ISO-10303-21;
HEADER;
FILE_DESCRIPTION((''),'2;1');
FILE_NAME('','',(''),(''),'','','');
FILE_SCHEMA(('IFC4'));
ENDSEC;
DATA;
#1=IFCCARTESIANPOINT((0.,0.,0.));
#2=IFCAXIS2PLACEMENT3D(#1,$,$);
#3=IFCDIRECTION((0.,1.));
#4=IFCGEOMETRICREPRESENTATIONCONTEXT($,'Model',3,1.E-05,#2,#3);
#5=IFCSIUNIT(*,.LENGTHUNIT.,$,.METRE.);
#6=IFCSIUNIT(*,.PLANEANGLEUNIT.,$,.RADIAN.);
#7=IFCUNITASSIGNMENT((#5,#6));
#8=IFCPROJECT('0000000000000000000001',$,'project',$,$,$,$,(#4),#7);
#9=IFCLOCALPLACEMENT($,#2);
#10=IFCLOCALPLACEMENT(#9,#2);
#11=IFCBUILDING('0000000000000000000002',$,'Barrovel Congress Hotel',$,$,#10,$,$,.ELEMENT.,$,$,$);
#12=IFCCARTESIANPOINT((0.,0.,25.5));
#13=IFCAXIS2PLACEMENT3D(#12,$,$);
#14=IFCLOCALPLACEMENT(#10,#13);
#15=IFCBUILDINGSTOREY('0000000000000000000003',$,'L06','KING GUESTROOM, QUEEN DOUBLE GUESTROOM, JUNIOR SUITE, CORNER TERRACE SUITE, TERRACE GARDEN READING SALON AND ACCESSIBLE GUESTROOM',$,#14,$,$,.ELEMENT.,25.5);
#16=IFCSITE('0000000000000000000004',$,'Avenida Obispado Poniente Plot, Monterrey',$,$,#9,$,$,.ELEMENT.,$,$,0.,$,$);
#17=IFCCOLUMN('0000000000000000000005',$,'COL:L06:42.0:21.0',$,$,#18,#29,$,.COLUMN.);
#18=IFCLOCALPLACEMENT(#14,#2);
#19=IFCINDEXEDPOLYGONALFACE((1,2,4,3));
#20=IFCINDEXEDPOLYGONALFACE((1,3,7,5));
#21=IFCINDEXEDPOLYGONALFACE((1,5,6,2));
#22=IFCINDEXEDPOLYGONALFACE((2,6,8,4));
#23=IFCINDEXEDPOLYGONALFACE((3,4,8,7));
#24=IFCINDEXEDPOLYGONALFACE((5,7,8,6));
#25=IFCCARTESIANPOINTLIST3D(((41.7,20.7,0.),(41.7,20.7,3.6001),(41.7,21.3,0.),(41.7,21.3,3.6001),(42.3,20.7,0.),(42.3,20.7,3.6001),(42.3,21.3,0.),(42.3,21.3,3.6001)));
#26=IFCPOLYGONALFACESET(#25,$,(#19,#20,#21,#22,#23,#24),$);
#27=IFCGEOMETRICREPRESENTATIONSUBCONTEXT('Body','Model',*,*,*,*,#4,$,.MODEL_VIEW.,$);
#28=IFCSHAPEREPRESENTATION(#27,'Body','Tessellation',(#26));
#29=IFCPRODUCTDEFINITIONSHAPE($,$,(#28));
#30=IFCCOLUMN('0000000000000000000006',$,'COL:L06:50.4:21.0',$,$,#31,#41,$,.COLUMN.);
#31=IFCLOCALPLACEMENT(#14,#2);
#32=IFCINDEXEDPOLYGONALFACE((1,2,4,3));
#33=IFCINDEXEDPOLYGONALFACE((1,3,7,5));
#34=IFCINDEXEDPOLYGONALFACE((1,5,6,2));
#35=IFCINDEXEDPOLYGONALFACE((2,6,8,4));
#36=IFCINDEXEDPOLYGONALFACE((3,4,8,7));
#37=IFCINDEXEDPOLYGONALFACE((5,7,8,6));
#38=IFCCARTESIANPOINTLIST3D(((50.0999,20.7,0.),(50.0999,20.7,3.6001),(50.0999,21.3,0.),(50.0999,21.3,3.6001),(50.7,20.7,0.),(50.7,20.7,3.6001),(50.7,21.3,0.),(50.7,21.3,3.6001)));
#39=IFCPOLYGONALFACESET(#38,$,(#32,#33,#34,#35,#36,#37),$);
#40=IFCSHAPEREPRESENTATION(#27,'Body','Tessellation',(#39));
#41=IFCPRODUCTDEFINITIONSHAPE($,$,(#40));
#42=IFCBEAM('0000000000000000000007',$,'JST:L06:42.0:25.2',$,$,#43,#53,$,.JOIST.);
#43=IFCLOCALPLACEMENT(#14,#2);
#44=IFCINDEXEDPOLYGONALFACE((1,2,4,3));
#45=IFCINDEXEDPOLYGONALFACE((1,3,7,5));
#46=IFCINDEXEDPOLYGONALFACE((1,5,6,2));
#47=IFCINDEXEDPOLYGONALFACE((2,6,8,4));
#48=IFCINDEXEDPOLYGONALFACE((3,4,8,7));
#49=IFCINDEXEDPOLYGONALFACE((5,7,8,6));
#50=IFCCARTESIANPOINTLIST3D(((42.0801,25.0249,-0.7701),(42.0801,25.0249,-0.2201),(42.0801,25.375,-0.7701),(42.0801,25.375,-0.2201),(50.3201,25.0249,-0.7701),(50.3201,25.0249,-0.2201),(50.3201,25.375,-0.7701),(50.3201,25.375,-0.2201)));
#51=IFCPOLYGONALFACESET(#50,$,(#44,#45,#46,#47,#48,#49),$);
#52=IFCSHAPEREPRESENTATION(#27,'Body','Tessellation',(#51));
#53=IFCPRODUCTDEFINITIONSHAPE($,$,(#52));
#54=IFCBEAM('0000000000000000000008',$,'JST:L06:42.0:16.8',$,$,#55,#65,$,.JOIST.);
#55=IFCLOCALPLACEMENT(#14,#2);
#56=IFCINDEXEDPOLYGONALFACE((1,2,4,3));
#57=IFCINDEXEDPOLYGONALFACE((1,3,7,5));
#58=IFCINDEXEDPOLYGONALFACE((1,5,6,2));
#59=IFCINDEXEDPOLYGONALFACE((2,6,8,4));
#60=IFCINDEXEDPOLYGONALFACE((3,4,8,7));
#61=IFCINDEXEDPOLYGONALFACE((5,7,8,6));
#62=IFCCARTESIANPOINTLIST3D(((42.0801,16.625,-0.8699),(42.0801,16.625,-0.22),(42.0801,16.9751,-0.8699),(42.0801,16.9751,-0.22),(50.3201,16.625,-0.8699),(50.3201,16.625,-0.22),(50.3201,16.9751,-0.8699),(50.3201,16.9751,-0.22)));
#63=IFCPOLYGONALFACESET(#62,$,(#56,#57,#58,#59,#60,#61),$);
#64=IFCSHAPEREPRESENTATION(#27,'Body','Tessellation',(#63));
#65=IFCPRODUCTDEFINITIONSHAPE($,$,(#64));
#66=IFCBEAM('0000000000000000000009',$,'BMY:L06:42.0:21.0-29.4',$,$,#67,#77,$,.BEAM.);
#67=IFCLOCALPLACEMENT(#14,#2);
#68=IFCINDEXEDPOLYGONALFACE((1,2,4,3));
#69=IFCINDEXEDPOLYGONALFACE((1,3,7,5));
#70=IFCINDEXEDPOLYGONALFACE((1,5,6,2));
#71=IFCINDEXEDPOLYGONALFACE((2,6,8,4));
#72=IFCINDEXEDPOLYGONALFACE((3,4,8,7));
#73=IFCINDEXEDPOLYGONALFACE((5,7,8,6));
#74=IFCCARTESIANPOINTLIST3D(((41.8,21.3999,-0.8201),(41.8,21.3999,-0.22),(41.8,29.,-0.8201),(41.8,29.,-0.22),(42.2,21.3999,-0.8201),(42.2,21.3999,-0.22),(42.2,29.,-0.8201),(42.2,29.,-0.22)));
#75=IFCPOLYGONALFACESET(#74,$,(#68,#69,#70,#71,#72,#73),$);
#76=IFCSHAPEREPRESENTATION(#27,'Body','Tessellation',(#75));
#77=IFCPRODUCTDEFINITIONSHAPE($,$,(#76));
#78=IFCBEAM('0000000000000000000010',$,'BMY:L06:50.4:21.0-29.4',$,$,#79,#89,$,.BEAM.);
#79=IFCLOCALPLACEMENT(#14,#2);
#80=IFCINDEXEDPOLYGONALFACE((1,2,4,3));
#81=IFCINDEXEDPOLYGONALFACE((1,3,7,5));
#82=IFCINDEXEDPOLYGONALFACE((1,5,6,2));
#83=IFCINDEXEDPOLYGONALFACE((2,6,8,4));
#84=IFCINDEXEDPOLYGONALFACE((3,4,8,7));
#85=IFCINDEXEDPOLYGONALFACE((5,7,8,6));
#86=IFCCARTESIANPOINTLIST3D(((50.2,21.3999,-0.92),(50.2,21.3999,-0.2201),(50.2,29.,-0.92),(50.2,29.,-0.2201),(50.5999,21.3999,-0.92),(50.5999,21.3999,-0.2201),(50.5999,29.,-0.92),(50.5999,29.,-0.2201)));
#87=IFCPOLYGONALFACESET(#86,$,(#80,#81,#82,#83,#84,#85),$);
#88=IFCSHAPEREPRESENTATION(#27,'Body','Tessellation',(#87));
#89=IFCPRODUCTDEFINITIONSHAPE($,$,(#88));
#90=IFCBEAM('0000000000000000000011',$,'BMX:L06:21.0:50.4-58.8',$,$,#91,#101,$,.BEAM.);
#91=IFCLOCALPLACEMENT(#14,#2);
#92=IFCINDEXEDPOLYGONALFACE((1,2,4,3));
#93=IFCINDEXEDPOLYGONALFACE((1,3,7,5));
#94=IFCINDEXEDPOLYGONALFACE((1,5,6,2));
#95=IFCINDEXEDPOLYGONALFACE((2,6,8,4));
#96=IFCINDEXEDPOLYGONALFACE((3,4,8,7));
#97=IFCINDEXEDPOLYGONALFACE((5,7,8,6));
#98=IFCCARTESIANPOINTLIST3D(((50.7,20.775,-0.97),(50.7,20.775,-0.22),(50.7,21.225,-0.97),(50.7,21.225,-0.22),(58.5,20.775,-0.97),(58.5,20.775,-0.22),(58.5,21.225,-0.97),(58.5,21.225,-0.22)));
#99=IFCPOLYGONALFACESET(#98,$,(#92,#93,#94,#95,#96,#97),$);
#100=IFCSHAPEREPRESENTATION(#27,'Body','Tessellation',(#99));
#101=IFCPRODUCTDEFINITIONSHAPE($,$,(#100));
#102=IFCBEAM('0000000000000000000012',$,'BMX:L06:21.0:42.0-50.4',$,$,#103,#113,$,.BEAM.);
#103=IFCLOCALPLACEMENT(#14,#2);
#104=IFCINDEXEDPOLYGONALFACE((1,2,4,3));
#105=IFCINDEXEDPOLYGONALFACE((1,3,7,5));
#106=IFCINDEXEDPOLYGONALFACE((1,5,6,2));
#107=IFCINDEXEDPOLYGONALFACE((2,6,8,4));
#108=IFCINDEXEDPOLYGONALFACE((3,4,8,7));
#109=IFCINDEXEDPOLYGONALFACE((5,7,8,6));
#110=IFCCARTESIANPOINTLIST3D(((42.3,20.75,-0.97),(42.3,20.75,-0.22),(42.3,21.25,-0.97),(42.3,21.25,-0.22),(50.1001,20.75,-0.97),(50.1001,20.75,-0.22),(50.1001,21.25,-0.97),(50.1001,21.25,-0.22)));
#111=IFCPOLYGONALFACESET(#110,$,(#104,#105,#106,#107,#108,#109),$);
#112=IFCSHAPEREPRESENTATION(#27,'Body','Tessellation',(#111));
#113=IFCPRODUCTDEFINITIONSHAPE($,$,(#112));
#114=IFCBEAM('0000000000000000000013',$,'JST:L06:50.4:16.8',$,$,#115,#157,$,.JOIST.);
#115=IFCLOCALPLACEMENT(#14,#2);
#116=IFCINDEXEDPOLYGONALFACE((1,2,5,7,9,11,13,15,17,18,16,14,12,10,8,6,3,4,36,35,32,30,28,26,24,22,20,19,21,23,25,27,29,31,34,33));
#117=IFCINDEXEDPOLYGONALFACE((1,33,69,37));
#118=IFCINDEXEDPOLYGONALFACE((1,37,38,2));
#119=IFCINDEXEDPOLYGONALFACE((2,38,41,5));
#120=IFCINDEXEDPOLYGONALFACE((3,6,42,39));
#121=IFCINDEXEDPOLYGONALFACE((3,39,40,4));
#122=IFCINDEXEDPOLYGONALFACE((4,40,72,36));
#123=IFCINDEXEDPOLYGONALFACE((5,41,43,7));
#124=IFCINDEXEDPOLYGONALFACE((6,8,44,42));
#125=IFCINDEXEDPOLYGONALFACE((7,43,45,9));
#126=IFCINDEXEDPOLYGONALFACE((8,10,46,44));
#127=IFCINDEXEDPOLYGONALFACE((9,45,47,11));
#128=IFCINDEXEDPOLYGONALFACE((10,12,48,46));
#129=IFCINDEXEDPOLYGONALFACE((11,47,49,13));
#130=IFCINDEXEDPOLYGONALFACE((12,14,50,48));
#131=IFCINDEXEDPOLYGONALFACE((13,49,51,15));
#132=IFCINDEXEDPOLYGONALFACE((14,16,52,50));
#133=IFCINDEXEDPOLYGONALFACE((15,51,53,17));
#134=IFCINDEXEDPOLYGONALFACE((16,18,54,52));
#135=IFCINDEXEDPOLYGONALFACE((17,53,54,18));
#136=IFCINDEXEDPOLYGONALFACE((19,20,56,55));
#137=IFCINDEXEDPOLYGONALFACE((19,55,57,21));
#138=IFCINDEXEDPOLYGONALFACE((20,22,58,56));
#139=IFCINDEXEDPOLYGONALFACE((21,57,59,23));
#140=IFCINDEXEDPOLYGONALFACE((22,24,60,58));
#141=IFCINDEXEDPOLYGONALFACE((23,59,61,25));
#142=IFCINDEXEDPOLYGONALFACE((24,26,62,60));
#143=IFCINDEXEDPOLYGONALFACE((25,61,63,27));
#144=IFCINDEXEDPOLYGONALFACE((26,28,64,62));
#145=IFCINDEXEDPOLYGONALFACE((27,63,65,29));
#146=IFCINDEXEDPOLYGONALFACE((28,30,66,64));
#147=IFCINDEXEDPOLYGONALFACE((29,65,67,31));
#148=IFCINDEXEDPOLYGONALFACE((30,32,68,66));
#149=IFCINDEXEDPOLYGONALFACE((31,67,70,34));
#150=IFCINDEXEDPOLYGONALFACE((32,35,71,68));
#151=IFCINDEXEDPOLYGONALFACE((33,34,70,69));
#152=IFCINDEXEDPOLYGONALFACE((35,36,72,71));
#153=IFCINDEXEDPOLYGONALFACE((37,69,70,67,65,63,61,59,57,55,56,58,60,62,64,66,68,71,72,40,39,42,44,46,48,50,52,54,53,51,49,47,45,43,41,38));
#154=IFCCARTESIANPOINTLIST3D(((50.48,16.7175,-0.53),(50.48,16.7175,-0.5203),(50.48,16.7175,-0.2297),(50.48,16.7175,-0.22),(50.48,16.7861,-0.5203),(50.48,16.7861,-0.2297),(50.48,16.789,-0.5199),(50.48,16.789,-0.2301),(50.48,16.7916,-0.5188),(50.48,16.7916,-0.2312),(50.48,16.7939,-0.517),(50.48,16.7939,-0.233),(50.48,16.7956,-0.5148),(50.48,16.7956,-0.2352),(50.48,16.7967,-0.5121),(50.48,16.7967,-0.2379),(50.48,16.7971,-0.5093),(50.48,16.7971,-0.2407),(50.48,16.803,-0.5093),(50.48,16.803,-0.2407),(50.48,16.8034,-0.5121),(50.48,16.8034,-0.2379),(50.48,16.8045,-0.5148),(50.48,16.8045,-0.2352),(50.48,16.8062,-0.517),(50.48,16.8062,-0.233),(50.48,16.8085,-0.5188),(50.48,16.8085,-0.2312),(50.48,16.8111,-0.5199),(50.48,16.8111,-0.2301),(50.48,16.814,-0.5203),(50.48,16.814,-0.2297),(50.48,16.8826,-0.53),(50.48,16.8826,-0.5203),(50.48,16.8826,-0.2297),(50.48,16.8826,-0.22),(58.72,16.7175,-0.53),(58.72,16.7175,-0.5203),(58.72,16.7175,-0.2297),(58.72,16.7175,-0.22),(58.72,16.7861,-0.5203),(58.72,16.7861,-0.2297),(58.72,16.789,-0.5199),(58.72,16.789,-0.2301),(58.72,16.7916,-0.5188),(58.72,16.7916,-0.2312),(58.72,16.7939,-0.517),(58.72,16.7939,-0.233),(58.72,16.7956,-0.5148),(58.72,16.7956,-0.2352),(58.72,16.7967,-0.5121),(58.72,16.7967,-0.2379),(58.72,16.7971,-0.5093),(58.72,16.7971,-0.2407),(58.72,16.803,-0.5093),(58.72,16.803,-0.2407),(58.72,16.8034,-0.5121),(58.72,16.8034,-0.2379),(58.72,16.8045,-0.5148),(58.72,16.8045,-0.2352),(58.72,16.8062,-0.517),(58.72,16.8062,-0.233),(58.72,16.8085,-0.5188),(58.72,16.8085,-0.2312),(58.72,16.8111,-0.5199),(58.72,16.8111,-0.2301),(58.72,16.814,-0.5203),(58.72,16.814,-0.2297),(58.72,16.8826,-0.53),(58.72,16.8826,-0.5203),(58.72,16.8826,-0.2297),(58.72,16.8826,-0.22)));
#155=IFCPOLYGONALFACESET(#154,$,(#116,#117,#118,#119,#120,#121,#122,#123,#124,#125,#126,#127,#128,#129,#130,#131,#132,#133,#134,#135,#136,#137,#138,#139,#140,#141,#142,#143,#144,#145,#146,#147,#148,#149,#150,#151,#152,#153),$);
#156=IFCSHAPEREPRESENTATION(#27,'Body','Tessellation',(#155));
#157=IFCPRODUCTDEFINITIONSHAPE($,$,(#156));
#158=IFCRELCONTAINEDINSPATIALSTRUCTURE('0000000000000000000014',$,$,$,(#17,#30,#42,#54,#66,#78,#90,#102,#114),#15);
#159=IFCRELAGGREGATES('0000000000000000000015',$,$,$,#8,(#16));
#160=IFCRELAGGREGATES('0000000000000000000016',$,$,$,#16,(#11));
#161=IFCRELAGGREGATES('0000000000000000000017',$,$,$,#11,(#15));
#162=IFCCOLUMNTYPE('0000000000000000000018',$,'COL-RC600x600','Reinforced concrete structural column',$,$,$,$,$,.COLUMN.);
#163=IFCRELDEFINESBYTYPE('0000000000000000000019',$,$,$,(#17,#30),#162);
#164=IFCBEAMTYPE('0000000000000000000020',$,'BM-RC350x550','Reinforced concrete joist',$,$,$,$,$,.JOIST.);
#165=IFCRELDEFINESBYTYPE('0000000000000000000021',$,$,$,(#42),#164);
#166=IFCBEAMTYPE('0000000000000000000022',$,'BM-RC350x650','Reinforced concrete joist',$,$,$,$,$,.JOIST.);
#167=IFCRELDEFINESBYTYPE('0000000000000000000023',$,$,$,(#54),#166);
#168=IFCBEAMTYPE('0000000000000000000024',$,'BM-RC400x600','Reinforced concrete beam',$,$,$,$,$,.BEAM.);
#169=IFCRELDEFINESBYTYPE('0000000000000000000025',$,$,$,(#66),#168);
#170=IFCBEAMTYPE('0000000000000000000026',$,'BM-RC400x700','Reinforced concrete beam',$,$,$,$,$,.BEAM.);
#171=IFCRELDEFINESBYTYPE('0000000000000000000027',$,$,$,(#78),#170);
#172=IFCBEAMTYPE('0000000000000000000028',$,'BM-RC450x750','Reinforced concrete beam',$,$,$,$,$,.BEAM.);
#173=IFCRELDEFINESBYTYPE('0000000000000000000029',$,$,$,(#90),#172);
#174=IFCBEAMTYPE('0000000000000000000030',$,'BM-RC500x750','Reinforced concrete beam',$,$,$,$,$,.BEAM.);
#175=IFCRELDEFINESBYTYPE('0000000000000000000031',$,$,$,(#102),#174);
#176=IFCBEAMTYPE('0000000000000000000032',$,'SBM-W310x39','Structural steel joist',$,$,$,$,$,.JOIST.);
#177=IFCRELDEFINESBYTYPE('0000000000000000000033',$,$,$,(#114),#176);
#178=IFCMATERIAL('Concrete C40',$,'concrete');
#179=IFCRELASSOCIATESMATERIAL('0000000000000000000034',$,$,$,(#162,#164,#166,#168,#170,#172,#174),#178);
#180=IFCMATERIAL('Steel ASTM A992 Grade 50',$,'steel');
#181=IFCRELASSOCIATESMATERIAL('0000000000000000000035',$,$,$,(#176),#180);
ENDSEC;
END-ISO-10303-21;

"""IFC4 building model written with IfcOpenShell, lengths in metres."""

from ifc_helpers import new_model, si_unit, direction, frame, origin, origin_2d, place, context, subcontext, project, spatial, rectangle, i_section, extrude, material, material_profile, profile_set, type_object, element, save


model = new_model("IFC4")

# Units and contexts
model_context = context("Model", 3, precision=1e-05, world=origin(), true_north=direction((0.0, 1.0)))
body_context = subcontext(model_context, "Body", "Model", "MODEL_VIEW")
ifc_project = project(units=[si_unit("LENGTHUNIT", "METRE"), si_unit("PLANEANGLEUNIT", "RADIAN")], contexts=[model_context])

# Site, building, storey
site_placement = place(None, origin())
site = spatial("IfcSite", under=ifc_project, at=site_placement, Name="Avenida Obispado Poniente Plot, Monterrey", CompositionType="ELEMENT", RefElevation=0.0)
building_placement = place(site_placement, origin())
building = spatial("IfcBuilding", under=site, at=building_placement, Name="Barrovel Congress Hotel", CompositionType="ELEMENT")
storey_placement = place(building_placement, frame((0.0, 0.0, 25.5)))
storey = spatial("IfcBuildingStorey", under=building, at=storey_placement, Name="L06", Description="KING GUESTROOM, QUEEN DOUBLE GUESTROOM, JUNIOR SUITE, CORNER TERRACE SUITE, TERRACE GARDEN READING SALON AND ACCESSIBLE GUESTROOM", CompositionType="ELEMENT", Elevation=25.5)

# Columns
ifc_material_1 = material(Name="Concrete C40", Category="concrete")
ifc_material_profile_1 = material_profile(ifc_material_1, rectangle(XDim=0.6001, YDim=0.6001, at=origin_2d()), Name="RC600x600")
ifc_profile_set_1 = profile_set([ifc_material_profile_1], Name="Concrete C40")
column_type = type_object("IfcColumnType", Name="COL-RC600x600", Description="Reinforced concrete structural column", PredefinedType="COLUMN", material=ifc_profile_set_1)
for number, where, z_axis, x_axis, name in (
    (1, (42.0, 21.0, 0.0), (0.0, 0.0, 1.0), (1.0, 0.0, 0.0), "COL:L06:42.0:21.0"),
    (2, (50.3999, 21.0, 0.0), (0.0, 0.0, 1.0), (1.0, 0.0, 0.0), "COL:L06:50.4:21.0"),
):
    element("IfcColumn", number, at=place(storey_placement, frame(where, z_axis=z_axis, x_axis=x_axis)), inside=storey, type_object=column_type, Name=name, PredefinedType="COLUMN", context=body_context, shape_type="SweptSolid", body=[
        extrude(rectangle(XDim=0.6001, YDim=0.6001, at=origin_2d()), origin(), (0.0, 0.0, 1.0), 3.6001),
    ])

# Beams
ifc_material_profile_2 = material_profile(ifc_material_1, rectangle(XDim=0.3501, YDim=0.55, at=origin_2d()), Name="RC350x550")
ifc_profile_set_2 = profile_set([ifc_material_profile_2], Name="Concrete C40")
beam_type_1 = type_object("IfcBeamType", Name="BM-RC350x550", Description="Reinforced concrete joist", PredefinedType="JOIST", material=ifc_profile_set_2)
beam_1_placement = place(storey_placement, frame((42.0801, 25.2, -0.4951), z_axis=(1.0, 0.0, 0.0), x_axis=(0.0, 1.0, 0.0)))
element("IfcBeam", 3, at=beam_1_placement, inside=storey, type_object=beam_type_1, Name="JST:L06:42.0:25.2", PredefinedType="JOIST", context=body_context, shape_type="SweptSolid", body=[
    extrude(rectangle(XDim=0.3501, YDim=0.55, at=origin_2d()), origin(), (0.0, 0.0, 1.0), 8.24),
])
ifc_material_profile_3 = material_profile(ifc_material_1, rectangle(XDim=0.3501, YDim=0.6499, at=origin_2d()), Name="RC350x650")
ifc_profile_set_3 = profile_set([ifc_material_profile_3], Name="Concrete C40")
beam_type_2 = type_object("IfcBeamType", Name="BM-RC350x650", Description="Reinforced concrete joist", PredefinedType="JOIST", material=ifc_profile_set_3)
beam_2_placement = place(storey_placement, frame((42.0801, 16.8, -0.5449), z_axis=(1.0, 0.0, 0.0), x_axis=(0.0, 1.0, 0.0)))
element("IfcBeam", 4, at=beam_2_placement, inside=storey, type_object=beam_type_2, Name="JST:L06:42.0:16.8", PredefinedType="JOIST", context=body_context, shape_type="SweptSolid", body=[
    extrude(rectangle(XDim=0.3501, YDim=0.6499, at=origin_2d()), origin(), (0.0, 0.0, 1.0), 8.24),
])
ifc_material_profile_4 = material_profile(ifc_material_1, rectangle(XDim=0.3999, YDim=0.6001, at=origin_2d()), Name="RC400x600")
ifc_profile_set_4 = profile_set([ifc_material_profile_4], Name="Concrete C40")
beam_type_3 = type_object("IfcBeamType", Name="BM-RC400x600", Description="Reinforced concrete beam", PredefinedType="BEAM", material=ifc_profile_set_4)
beam_3_placement = place(storey_placement, frame((42.0, 21.3999, -0.52), z_axis=(0.0, 1.0, 0.0), x_axis=(-1.0, 0.0, 0.0)))
element("IfcBeam", 5, at=beam_3_placement, inside=storey, type_object=beam_type_3, Name="BMY:L06:42.0:21.0-29.4", PredefinedType="BEAM", context=body_context, shape_type="SweptSolid", body=[
    extrude(rectangle(XDim=0.3999, YDim=0.6001, at=origin_2d()), origin(), (0.0, 0.0, 1.0), 7.6001),
])
ifc_material_profile_5 = material_profile(ifc_material_1, rectangle(XDim=0.3999, YDim=0.7, at=origin_2d()), Name="RC400x700")
ifc_profile_set_5 = profile_set([ifc_material_profile_5], Name="Concrete C40")
beam_type_4 = type_object("IfcBeamType", Name="BM-RC400x700", Description="Reinforced concrete beam", PredefinedType="BEAM", material=ifc_profile_set_5)
beam_4_placement = place(storey_placement, frame((50.3999, 21.3999, -0.5701), z_axis=(0.0, 1.0, 0.0), x_axis=(-1.0, 0.0, 0.0)))
element("IfcBeam", 6, at=beam_4_placement, inside=storey, type_object=beam_type_4, Name="BMY:L06:50.4:21.0-29.4", PredefinedType="BEAM", context=body_context, shape_type="SweptSolid", body=[
    extrude(rectangle(XDim=0.3999, YDim=0.7, at=origin_2d()), origin(), (0.0, 0.0, 1.0), 7.6001),
])
ifc_material_profile_6 = material_profile(ifc_material_1, rectangle(XDim=0.45, YDim=0.75, at=origin_2d()), Name="RC450x750")
ifc_profile_set_6 = profile_set([ifc_material_profile_6], Name="Concrete C40")
beam_type_5 = type_object("IfcBeamType", Name="BM-RC450x750", Description="Reinforced concrete beam", PredefinedType="BEAM", material=ifc_profile_set_6)
beam_5_placement = place(storey_placement, frame((50.7, 21.0, -0.595), z_axis=(1.0, 0.0, 0.0), x_axis=(0.0, 1.0, 0.0)))
element("IfcBeam", 7, at=beam_5_placement, inside=storey, type_object=beam_type_5, Name="BMX:L06:21.0:50.4-58.8", PredefinedType="BEAM", context=body_context, shape_type="SweptSolid", body=[
    extrude(rectangle(XDim=0.45, YDim=0.75, at=origin_2d()), origin(), (0.0, 0.0, 1.0), 7.8),
])
ifc_material_profile_7 = material_profile(ifc_material_1, rectangle(XDim=0.5, YDim=0.75, at=origin_2d()), Name="RC500x750")
ifc_profile_set_7 = profile_set([ifc_material_profile_7], Name="Concrete C40")
beam_type_6 = type_object("IfcBeamType", Name="BM-RC500x750", Description="Reinforced concrete beam", PredefinedType="BEAM", material=ifc_profile_set_7)
beam_6_placement = place(storey_placement, frame((42.3, 21.0, -0.595), z_axis=(1.0, 0.0, 0.0), x_axis=(0.0, 1.0, 0.0)))
element("IfcBeam", 8, at=beam_6_placement, inside=storey, type_object=beam_type_6, Name="BMX:L06:21.0:42.0-50.4", PredefinedType="BEAM", context=body_context, shape_type="SweptSolid", body=[
    extrude(rectangle(XDim=0.5, YDim=0.75, at=origin_2d()), origin(), (0.0, 0.0, 1.0), 7.8),
])
ifc_material_2 = material(Name="Steel ASTM A992 Grade 50", Category="steel")
ifc_material_profile_8 = material_profile(ifc_material_2, i_section(OverallWidth=0.165, OverallDepth=0.3101, WebThickness=0.0059, FlangeThickness=0.0098, FilletRadius=0.011, at=origin_2d()), Name="W310x39")
ifc_profile_set_8 = profile_set([ifc_material_profile_8], Name="Steel ASTM A992 Grade 50")
beam_type_7 = type_object("IfcBeamType", Name="SBM-W310x39", Description="Structural steel joist", PredefinedType="JOIST", material=ifc_profile_set_8)
beam_7_placement = place(storey_placement, frame((50.48, 16.8, -0.375), z_axis=(1.0, 0.0, 0.0), x_axis=(0.0, 1.0, 0.0)))
element("IfcBeam", 9, at=beam_7_placement, inside=storey, type_object=beam_type_7, Name="JST:L06:50.4:16.8", PredefinedType="JOIST", context=body_context, shape_type="SweptSolid", body=[
    extrude(i_section(OverallWidth=0.165, OverallDepth=0.3101, WebThickness=0.0059, FlangeThickness=0.0098, FilletRadius=0.011, at=origin_2d()), origin(), (0.0, 0.0, 1.0), 8.24),
])

save(model, "model.ifc")
